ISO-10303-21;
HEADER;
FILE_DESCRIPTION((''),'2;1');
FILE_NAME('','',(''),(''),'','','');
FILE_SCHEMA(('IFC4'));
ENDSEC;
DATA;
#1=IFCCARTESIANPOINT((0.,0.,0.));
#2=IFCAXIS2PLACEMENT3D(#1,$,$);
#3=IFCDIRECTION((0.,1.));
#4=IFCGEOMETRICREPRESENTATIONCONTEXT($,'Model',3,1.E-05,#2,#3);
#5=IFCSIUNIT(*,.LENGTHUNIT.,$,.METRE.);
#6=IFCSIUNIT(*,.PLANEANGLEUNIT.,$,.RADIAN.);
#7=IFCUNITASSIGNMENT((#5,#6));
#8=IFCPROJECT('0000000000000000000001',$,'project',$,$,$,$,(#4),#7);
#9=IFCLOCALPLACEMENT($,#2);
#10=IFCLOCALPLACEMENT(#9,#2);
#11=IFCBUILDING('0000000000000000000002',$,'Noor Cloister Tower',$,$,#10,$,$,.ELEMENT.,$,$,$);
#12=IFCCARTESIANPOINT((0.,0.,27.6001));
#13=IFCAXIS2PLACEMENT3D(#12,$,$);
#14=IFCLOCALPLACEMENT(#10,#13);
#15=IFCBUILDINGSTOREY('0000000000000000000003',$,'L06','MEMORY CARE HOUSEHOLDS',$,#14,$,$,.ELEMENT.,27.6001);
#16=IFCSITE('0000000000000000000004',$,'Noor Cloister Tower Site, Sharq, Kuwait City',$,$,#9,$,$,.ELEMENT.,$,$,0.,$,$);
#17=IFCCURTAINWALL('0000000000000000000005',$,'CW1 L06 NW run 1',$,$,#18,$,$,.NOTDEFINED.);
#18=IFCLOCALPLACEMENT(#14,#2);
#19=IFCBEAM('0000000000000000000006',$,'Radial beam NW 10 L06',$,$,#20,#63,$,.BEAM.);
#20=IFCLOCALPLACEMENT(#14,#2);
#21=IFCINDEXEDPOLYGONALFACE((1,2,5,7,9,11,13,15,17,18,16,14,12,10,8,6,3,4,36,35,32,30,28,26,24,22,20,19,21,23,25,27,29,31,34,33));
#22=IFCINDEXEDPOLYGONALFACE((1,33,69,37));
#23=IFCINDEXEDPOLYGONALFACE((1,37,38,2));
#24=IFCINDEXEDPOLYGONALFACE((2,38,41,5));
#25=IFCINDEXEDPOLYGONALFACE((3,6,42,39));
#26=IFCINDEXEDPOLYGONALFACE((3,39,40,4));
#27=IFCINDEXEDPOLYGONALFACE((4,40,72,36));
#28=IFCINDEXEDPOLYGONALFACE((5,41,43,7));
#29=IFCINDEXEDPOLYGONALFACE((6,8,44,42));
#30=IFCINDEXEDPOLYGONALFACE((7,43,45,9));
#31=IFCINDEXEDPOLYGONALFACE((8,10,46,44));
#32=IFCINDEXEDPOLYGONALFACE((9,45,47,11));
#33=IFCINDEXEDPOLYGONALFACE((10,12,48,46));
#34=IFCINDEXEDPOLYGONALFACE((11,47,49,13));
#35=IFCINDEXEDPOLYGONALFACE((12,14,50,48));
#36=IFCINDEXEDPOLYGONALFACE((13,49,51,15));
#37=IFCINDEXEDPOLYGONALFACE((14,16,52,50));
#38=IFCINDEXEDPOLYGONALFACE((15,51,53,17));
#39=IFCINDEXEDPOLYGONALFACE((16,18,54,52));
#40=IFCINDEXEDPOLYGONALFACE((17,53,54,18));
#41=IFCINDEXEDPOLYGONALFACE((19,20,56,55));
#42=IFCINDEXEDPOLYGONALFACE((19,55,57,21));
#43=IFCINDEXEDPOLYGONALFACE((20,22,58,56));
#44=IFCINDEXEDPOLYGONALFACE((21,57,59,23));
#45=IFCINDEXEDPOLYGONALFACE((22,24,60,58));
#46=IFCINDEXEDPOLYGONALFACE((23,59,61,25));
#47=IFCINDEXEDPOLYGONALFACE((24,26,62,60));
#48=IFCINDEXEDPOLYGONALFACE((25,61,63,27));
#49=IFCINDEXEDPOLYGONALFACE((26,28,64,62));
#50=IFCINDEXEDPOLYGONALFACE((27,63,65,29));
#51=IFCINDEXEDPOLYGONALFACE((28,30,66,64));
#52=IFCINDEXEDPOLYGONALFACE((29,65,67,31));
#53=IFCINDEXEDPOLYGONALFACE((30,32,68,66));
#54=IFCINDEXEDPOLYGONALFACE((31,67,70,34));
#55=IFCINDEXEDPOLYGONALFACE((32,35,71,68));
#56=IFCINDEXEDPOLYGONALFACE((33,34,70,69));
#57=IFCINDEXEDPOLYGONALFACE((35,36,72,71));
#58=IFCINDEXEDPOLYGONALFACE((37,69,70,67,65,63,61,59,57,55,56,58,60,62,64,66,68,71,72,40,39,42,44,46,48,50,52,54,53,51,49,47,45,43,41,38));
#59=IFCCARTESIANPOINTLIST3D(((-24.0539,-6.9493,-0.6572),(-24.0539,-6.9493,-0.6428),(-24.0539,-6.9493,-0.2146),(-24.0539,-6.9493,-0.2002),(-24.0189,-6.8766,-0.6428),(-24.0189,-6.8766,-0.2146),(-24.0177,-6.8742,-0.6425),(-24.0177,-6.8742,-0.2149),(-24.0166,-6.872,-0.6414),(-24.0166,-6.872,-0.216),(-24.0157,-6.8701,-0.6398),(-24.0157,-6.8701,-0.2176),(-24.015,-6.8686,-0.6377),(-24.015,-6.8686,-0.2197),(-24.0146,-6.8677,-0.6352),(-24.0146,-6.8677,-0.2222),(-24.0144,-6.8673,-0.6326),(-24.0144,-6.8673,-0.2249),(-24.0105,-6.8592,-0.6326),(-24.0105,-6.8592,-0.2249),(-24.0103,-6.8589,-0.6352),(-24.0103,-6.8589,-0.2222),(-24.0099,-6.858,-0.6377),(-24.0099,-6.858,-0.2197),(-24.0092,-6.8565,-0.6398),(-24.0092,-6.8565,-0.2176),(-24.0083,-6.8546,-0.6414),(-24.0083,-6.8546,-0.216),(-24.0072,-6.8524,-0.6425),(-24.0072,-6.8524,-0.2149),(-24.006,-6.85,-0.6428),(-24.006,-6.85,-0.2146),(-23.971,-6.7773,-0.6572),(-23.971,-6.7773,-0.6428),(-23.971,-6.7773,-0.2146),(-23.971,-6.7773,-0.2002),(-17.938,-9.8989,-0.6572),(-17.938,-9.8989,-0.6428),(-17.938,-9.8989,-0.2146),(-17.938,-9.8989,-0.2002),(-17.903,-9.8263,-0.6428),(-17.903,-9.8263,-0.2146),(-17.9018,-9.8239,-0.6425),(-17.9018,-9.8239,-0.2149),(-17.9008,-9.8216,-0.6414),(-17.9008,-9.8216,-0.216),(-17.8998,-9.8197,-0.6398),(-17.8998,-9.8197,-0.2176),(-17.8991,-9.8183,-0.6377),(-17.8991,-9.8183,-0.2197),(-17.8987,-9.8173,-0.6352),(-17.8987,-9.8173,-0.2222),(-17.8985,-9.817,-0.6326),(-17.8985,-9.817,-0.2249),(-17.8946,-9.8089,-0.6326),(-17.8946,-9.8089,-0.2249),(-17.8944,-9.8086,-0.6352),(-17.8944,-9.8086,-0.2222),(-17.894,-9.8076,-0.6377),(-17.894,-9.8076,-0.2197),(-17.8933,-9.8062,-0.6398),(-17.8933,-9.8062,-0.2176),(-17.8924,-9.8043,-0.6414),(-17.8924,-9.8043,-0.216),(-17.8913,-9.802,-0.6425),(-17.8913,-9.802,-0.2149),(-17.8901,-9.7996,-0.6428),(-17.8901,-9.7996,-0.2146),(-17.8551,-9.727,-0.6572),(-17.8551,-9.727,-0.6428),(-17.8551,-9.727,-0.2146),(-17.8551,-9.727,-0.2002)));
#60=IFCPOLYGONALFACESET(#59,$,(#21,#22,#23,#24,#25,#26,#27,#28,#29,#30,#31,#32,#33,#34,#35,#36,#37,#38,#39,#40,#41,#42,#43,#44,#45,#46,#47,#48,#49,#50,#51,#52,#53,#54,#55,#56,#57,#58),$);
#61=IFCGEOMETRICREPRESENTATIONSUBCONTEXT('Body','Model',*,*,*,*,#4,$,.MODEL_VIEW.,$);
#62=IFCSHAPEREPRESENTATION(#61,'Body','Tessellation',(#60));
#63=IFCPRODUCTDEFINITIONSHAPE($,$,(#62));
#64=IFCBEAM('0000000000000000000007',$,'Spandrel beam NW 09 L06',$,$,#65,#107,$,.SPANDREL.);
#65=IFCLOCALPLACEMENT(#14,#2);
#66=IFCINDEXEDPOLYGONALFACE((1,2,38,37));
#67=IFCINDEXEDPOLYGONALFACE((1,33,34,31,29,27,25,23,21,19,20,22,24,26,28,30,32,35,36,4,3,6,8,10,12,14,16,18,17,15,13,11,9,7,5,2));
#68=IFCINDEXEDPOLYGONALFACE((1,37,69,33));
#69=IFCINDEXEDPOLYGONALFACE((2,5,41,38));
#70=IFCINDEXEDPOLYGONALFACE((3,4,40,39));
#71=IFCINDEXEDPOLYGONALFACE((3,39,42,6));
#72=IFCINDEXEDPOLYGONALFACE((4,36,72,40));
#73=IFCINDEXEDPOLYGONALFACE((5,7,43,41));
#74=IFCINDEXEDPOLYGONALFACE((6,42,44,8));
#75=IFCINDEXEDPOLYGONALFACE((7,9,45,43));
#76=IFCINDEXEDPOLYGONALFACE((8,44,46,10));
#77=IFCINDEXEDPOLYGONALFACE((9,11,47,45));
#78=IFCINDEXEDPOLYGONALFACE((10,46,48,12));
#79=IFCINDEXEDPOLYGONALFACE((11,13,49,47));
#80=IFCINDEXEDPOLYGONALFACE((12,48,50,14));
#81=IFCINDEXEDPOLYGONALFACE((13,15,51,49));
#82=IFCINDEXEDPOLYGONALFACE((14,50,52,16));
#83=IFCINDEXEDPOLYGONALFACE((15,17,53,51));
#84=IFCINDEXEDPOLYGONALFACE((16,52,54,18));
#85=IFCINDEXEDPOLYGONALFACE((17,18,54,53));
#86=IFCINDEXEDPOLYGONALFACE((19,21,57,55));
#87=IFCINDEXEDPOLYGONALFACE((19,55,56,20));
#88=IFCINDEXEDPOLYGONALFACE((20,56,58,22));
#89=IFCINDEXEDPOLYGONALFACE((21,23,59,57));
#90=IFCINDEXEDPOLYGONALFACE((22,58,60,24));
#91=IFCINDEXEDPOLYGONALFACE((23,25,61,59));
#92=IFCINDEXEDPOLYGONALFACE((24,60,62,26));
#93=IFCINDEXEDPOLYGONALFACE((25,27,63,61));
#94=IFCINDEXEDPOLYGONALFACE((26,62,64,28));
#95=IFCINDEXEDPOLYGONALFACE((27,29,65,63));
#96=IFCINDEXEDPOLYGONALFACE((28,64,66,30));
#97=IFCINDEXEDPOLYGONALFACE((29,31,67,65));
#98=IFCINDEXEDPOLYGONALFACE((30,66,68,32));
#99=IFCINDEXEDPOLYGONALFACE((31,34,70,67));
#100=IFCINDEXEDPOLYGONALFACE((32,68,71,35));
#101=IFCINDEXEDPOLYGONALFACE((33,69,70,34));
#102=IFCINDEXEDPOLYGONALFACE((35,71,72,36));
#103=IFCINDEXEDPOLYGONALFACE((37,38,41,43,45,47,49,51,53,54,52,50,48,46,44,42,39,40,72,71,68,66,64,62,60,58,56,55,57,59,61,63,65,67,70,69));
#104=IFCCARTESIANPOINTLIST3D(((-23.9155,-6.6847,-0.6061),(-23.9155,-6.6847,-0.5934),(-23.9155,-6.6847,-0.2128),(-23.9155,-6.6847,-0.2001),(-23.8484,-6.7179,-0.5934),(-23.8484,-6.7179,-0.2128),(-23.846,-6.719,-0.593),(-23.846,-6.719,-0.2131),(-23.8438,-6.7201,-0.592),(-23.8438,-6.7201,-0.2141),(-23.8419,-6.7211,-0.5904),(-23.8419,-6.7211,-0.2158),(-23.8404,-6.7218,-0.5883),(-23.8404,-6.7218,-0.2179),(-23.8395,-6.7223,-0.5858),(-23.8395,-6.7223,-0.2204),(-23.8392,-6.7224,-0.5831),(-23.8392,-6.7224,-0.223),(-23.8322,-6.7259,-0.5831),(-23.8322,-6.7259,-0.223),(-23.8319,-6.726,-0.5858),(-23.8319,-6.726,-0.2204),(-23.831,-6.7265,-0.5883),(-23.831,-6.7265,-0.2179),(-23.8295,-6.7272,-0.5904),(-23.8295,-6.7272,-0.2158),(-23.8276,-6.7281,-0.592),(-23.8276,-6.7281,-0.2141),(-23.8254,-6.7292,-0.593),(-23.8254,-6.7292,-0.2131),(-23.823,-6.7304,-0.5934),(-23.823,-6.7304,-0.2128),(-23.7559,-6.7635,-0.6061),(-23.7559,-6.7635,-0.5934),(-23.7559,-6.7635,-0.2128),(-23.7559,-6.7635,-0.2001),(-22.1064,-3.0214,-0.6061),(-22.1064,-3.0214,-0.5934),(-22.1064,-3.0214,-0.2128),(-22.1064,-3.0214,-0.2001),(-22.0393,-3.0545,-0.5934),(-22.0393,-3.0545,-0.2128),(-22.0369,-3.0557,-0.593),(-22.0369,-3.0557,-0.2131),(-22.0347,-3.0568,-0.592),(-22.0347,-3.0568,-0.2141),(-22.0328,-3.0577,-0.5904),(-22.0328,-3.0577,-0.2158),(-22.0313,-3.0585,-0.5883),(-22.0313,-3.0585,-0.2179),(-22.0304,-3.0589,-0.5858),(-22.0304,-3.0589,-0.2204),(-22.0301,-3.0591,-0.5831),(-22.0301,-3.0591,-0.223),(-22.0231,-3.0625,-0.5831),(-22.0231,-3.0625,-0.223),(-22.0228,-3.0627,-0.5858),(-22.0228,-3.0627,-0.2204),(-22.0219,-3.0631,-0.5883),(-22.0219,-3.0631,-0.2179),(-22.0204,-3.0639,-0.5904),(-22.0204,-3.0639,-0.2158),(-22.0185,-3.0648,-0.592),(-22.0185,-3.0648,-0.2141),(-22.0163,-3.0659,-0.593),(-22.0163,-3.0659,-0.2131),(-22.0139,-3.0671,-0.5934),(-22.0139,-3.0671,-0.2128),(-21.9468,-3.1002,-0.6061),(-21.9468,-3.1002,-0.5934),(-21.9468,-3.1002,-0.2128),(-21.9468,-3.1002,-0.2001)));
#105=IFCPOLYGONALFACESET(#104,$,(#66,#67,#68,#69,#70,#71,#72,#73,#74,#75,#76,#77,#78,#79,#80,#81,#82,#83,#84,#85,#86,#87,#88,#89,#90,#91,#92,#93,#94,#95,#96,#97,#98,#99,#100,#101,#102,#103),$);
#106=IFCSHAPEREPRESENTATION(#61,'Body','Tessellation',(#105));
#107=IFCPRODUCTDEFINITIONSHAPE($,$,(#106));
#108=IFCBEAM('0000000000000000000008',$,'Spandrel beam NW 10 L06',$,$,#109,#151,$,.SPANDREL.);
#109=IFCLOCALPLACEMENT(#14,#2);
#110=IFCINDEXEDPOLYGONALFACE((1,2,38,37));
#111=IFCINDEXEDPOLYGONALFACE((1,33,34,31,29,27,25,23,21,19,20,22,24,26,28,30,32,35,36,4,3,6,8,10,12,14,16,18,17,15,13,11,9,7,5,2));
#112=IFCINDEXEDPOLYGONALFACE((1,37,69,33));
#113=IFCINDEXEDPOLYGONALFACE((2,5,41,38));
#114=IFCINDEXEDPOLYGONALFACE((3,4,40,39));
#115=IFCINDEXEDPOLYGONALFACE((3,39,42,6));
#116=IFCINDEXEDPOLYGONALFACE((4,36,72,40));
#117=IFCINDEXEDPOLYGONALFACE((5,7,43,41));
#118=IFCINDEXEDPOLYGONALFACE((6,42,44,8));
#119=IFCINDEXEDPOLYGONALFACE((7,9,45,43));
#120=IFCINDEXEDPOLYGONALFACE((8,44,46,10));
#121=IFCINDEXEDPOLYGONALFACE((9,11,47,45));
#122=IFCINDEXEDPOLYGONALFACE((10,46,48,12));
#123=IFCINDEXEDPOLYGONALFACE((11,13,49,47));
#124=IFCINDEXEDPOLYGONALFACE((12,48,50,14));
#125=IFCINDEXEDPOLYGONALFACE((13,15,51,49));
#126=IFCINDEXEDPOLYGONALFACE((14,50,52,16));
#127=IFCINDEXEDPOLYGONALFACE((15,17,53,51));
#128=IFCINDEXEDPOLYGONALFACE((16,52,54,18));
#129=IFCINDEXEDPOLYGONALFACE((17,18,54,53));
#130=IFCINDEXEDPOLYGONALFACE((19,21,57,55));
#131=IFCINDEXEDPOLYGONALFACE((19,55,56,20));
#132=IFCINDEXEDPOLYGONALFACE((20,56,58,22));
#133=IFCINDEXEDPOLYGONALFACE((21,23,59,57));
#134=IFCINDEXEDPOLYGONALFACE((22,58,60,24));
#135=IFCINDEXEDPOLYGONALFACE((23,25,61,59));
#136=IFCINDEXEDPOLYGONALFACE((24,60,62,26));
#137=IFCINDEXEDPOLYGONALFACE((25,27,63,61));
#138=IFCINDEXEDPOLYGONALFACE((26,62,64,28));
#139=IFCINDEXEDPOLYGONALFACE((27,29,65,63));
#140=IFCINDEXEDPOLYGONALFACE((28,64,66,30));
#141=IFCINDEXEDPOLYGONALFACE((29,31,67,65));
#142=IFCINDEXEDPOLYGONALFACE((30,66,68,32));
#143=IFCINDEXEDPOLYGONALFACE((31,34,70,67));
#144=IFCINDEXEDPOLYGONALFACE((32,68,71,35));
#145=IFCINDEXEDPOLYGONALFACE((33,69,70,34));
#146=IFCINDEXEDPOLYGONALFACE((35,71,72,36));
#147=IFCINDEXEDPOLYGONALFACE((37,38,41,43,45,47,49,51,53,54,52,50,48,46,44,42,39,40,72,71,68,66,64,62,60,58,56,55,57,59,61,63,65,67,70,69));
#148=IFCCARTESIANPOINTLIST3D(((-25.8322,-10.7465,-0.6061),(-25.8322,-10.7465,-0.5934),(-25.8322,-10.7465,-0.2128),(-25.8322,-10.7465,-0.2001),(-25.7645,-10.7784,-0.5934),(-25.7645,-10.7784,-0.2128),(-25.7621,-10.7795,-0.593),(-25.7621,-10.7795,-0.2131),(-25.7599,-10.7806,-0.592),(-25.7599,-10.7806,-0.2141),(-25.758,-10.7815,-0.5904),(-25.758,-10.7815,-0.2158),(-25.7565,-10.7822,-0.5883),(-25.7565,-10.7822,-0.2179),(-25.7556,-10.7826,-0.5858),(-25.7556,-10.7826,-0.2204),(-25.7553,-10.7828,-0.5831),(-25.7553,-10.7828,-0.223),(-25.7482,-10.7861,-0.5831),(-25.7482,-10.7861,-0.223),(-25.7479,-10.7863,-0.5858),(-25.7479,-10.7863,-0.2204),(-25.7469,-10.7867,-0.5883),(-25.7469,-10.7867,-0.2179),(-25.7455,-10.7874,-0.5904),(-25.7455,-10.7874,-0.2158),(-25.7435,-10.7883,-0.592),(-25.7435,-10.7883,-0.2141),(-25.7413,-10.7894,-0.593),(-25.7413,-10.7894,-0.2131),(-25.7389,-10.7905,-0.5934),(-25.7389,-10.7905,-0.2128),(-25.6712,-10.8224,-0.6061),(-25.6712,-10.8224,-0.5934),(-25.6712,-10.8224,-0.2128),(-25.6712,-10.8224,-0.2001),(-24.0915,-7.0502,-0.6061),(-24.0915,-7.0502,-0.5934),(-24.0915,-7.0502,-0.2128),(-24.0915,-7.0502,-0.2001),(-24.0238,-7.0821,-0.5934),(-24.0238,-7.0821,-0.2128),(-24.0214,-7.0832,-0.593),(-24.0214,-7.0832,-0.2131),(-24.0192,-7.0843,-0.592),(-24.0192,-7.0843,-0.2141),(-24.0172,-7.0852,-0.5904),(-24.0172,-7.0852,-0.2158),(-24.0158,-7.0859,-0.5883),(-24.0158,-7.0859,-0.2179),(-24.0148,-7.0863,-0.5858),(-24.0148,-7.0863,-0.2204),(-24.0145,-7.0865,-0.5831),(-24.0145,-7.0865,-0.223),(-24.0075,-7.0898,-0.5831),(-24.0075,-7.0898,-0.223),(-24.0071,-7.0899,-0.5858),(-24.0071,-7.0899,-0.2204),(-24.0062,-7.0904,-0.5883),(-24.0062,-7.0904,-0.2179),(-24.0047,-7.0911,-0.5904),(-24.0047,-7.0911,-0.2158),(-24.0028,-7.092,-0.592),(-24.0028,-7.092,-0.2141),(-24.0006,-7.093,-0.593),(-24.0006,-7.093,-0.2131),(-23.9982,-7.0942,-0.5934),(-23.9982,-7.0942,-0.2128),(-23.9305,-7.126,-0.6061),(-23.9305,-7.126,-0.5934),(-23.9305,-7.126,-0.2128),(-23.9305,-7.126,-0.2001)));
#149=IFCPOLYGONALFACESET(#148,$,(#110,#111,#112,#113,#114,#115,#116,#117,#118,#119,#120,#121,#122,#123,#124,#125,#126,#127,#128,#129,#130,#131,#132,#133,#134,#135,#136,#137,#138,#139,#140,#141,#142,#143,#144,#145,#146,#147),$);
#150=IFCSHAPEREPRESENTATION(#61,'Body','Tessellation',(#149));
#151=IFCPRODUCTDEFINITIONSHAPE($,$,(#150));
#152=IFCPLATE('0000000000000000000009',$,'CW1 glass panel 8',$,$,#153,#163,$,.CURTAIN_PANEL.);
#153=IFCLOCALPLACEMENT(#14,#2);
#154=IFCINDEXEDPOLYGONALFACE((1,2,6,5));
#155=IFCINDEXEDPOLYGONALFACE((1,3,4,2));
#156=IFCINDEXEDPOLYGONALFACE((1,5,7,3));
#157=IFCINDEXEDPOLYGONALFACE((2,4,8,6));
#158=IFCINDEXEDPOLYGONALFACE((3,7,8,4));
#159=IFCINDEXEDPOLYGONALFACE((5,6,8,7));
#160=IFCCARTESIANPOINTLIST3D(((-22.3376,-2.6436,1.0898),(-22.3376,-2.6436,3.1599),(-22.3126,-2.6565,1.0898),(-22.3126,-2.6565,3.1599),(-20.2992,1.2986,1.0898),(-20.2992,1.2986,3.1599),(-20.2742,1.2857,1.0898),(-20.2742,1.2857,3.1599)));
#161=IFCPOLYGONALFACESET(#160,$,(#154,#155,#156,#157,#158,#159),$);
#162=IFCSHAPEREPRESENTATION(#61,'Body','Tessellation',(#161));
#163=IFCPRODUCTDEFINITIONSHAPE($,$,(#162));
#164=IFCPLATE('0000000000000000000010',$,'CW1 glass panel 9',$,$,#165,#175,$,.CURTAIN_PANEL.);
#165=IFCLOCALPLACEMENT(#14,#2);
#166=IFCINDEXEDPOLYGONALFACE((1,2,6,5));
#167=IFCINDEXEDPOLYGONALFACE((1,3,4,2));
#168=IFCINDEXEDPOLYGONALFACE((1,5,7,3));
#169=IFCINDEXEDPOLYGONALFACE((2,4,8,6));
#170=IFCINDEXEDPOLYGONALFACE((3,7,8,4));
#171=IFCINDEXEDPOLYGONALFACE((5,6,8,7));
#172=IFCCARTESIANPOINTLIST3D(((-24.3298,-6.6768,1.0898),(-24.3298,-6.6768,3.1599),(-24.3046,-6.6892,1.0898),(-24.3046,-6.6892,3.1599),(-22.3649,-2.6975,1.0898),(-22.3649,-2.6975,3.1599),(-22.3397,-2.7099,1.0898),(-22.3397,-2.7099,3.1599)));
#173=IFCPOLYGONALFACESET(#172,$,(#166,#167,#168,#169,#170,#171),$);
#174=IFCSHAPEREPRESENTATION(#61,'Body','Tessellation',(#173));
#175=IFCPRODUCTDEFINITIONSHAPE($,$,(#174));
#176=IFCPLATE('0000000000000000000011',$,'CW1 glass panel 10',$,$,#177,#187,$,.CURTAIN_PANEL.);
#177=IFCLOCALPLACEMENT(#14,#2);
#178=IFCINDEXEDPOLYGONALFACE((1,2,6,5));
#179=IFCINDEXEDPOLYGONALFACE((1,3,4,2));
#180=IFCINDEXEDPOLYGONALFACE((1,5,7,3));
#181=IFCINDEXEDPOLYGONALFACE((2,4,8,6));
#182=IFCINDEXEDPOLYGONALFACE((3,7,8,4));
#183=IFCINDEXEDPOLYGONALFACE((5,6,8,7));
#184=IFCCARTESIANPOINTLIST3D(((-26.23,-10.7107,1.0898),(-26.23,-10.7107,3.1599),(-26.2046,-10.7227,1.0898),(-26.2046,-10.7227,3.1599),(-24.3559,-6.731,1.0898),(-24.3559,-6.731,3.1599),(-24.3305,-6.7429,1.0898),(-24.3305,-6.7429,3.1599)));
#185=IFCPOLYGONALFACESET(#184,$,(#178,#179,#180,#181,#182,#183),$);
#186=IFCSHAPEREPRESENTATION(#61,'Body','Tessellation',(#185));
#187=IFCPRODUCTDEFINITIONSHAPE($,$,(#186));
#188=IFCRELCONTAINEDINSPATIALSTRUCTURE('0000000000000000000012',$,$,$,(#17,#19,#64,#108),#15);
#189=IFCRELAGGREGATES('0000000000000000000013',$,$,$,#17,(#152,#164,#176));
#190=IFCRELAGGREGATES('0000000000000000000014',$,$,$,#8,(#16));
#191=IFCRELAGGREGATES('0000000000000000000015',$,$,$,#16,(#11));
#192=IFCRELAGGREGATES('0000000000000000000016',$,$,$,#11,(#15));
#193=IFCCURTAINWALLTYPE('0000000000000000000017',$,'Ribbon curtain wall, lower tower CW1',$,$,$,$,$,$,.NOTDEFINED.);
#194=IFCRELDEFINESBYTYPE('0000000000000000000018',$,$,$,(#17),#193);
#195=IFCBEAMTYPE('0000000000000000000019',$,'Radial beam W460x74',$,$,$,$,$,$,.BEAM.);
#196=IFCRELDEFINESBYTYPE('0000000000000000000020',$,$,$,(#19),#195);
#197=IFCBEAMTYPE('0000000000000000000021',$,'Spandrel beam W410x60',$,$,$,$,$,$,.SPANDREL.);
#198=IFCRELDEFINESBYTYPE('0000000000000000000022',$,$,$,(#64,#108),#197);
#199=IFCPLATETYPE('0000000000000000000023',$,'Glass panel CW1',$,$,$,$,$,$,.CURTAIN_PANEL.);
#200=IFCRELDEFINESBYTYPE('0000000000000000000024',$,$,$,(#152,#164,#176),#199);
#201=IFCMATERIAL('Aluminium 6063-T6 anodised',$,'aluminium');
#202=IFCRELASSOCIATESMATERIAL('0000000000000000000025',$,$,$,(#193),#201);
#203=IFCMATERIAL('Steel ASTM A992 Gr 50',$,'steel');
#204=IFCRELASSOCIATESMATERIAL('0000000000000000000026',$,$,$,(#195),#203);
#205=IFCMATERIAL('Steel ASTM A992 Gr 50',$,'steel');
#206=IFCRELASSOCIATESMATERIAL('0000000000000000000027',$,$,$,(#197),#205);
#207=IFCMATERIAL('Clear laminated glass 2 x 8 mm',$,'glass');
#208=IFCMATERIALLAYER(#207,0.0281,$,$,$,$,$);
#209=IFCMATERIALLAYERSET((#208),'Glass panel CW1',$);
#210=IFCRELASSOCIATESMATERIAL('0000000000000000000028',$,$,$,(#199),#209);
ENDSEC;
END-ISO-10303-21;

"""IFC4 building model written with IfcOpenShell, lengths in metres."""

from ifc_helpers import new_model, si_unit, direction, frame, origin, origin_2d, place, context, subcontext, project, spatial, rectangle, i_section, extrude, material, layer, layer_set, material_profile, profile_set, type_object, element, aggregate, save


model = new_model("IFC4")

# Units and contexts
model_context = context("Model", 3, precision=1e-05, world=origin(), true_north=direction((0.0, 1.0)))
body_context = subcontext(model_context, "Body", "Model", "MODEL_VIEW")
ifc_project = project(units=[si_unit("LENGTHUNIT", "METRE"), si_unit("PLANEANGLEUNIT", "RADIAN")], contexts=[model_context])

# Site, building, storey
site_placement = place(None, origin())
site = spatial("IfcSite", under=ifc_project, at=site_placement, Name="Noor Cloister Tower Site, Sharq, Kuwait City", CompositionType="ELEMENT", RefElevation=0.0)
building_placement = place(site_placement, origin())
building = spatial("IfcBuilding", under=site, at=building_placement, Name="Noor Cloister Tower", CompositionType="ELEMENT")
storey_placement = place(building_placement, frame((0.0, 0.0, 27.6001)))
storey = spatial("IfcBuildingStorey", under=building, at=storey_placement, Name="L06", Description="MEMORY CARE HOUSEHOLDS", CompositionType="ELEMENT", Elevation=27.6001)

# Curtain wall
ifc_material_1 = material(Name="Aluminium 6063-T6 anodised", Category="aluminium")
curtain_wall_type = type_object("IfcCurtainWallType", Name="Ribbon curtain wall, lower tower CW1", PredefinedType="NOTDEFINED", material=ifc_material_1)
curtain_wall_placement = place(storey_placement, origin())
curtain_wall = element("IfcCurtainWall", 1, at=curtain_wall_placement, inside=storey, type_object=curtain_wall_type, Name="CW1 L06 NW run 1", PredefinedType="NOTDEFINED")

# Beams
ifc_material_2 = material(Name="Steel ASTM A992 Gr 50", Category="steel")
ifc_material_profile_1 = material_profile(ifc_material_2, i_section(OverallWidth=0.1909, OverallDepth=0.457, WebThickness=0.009, FlangeThickness=0.0144, FilletRadius=0.0103, at=origin_2d()), Name="W460x74")
ifc_profile_set_1 = profile_set([ifc_material_profile_1], Name="Steel ASTM A992 Gr 50")
beam_type_1 = type_object("IfcBeamType", Name="Radial beam W460x74", PredefinedType="BEAM", material=ifc_profile_set_1)
beam_1_placement = place(storey_placement, frame((-24.0125, -6.8633, -0.4287), z_axis=(0.900715, -0.434411, 0.0), x_axis=(0.434411, 0.900715, 0.0)))
element("IfcBeam", 2, at=beam_1_placement, inside=storey, type_object=beam_type_1, Name="Radial beam NW 10 L06", PredefinedType="BEAM", context=body_context, shape_type="SweptSolid", body=[
    extrude(i_section(OverallWidth=0.1909, OverallDepth=0.457, WebThickness=0.009, FlangeThickness=0.0144, FilletRadius=0.0103, at=origin_2d()), origin(), (0.0, 0.0, 1.0), 6.79),
])
ifc_material_3 = material(Name="Steel ASTM A992 Gr 50", Category="steel")
ifc_material_profile_2 = material_profile(ifc_material_3, i_section(OverallWidth=0.178, OverallDepth=0.406, WebThickness=0.0078, FlangeThickness=0.0127, FilletRadius=0.0103, at=origin_2d()), Name="W410x60")
ifc_profile_set_2 = profile_set([ifc_material_profile_2], Name="Steel ASTM A992 Gr 50")
beam_type_2 = type_object("IfcBeamType", Name="Spandrel beam W410x60", PredefinedType="SPANDREL", material=ifc_profile_set_2)
for number, where, z_axis, x_axis, name in (
    (3, (-22.0266, -3.0608, -0.4031), (-0.442786, -0.896627, 0.0), (0.896627, -0.442786, 0.0), "Spandrel beam NW 09 L06"),
    (4, (-24.011, -7.0881, -0.4031), (-0.426056, -0.904697, 0.0), (0.904697, -0.426056, 0.0), "Spandrel beam NW 10 L06"),
):
    element("IfcBeam", number, at=place(storey_placement, frame(where, z_axis=z_axis, x_axis=x_axis)), inside=storey, type_object=beam_type_2, Name=name, PredefinedType="SPANDREL", context=body_context, shape_type="SweptSolid", body=[
        extrude(i_section(OverallWidth=0.178, OverallDepth=0.406, WebThickness=0.0078, FlangeThickness=0.0127, FilletRadius=0.0103, at=origin_2d()), origin(), (0.0, 0.0, 1.0), 4.0857),
    ])

# Plates
ifc_material_4 = material(Name="Clear laminated glass 2 x 8 mm", Category="glass")
ifc_layer_1 = layer(ifc_material_4, 0.0281)
ifc_layer_set_1 = layer_set([ifc_layer_1], Name="Glass panel CW1")
plate_type = type_object("IfcPlateType", Name="Glass panel CW1", PredefinedType="CURTAIN_PANEL", material=ifc_layer_set_1)
plate_1_placement = place(storey_placement, frame((-21.3059, -0.679, 1.0898), z_axis=(0.0, 0.0, 1.0), x_axis=(-0.459306, -0.888278, 0.0)))
plate_1 = element("IfcPlate", 5, at=plate_1_placement, type_object=plate_type, Name="CW1 glass panel 8", PredefinedType="CURTAIN_PANEL", context=body_context, shape_type="SweptSolid", body=[
    extrude(rectangle(XDim=4.438, YDim=0.0281, at=origin_2d()), origin(), (0.0, 0.0, 1.0), 2.0701),
])
plate_2_placement = place(storey_placement, frame((-23.3347, -4.6934, 1.0898), z_axis=(0.0, 0.0, 1.0), x_axis=(-0.442747, -0.896647, 0.0)))
plate_2 = element("IfcPlate", 6, at=plate_2_placement, type_object=plate_type, Name="CW1 glass panel 9", PredefinedType="CURTAIN_PANEL", context=body_context, shape_type="SweptSolid", body=[
    extrude(rectangle(XDim=4.438, YDim=0.0281, at=origin_2d()), origin(), (0.0, 0.0, 1.0), 2.0701),
])
plate_3_placement = place(storey_placement, frame((-25.2803, -8.7268, 1.0898), z_axis=(0.0, 0.0, 1.0), x_axis=(-0.426036, -0.904706, 0.0)))
plate_3 = element("IfcPlate", 7, at=plate_3_placement, type_object=plate_type, Name="CW1 glass panel 10", PredefinedType="CURTAIN_PANEL", context=body_context, shape_type="SweptSolid", body=[
    extrude(rectangle(XDim=4.3989, YDim=0.0281, at=origin_2d()), origin(), (0.0, 0.0, 1.0), 2.0701),
])
aggregate(curtain_wall, [plate_1, plate_2, plate_3])

save(model, "model.ifc")
